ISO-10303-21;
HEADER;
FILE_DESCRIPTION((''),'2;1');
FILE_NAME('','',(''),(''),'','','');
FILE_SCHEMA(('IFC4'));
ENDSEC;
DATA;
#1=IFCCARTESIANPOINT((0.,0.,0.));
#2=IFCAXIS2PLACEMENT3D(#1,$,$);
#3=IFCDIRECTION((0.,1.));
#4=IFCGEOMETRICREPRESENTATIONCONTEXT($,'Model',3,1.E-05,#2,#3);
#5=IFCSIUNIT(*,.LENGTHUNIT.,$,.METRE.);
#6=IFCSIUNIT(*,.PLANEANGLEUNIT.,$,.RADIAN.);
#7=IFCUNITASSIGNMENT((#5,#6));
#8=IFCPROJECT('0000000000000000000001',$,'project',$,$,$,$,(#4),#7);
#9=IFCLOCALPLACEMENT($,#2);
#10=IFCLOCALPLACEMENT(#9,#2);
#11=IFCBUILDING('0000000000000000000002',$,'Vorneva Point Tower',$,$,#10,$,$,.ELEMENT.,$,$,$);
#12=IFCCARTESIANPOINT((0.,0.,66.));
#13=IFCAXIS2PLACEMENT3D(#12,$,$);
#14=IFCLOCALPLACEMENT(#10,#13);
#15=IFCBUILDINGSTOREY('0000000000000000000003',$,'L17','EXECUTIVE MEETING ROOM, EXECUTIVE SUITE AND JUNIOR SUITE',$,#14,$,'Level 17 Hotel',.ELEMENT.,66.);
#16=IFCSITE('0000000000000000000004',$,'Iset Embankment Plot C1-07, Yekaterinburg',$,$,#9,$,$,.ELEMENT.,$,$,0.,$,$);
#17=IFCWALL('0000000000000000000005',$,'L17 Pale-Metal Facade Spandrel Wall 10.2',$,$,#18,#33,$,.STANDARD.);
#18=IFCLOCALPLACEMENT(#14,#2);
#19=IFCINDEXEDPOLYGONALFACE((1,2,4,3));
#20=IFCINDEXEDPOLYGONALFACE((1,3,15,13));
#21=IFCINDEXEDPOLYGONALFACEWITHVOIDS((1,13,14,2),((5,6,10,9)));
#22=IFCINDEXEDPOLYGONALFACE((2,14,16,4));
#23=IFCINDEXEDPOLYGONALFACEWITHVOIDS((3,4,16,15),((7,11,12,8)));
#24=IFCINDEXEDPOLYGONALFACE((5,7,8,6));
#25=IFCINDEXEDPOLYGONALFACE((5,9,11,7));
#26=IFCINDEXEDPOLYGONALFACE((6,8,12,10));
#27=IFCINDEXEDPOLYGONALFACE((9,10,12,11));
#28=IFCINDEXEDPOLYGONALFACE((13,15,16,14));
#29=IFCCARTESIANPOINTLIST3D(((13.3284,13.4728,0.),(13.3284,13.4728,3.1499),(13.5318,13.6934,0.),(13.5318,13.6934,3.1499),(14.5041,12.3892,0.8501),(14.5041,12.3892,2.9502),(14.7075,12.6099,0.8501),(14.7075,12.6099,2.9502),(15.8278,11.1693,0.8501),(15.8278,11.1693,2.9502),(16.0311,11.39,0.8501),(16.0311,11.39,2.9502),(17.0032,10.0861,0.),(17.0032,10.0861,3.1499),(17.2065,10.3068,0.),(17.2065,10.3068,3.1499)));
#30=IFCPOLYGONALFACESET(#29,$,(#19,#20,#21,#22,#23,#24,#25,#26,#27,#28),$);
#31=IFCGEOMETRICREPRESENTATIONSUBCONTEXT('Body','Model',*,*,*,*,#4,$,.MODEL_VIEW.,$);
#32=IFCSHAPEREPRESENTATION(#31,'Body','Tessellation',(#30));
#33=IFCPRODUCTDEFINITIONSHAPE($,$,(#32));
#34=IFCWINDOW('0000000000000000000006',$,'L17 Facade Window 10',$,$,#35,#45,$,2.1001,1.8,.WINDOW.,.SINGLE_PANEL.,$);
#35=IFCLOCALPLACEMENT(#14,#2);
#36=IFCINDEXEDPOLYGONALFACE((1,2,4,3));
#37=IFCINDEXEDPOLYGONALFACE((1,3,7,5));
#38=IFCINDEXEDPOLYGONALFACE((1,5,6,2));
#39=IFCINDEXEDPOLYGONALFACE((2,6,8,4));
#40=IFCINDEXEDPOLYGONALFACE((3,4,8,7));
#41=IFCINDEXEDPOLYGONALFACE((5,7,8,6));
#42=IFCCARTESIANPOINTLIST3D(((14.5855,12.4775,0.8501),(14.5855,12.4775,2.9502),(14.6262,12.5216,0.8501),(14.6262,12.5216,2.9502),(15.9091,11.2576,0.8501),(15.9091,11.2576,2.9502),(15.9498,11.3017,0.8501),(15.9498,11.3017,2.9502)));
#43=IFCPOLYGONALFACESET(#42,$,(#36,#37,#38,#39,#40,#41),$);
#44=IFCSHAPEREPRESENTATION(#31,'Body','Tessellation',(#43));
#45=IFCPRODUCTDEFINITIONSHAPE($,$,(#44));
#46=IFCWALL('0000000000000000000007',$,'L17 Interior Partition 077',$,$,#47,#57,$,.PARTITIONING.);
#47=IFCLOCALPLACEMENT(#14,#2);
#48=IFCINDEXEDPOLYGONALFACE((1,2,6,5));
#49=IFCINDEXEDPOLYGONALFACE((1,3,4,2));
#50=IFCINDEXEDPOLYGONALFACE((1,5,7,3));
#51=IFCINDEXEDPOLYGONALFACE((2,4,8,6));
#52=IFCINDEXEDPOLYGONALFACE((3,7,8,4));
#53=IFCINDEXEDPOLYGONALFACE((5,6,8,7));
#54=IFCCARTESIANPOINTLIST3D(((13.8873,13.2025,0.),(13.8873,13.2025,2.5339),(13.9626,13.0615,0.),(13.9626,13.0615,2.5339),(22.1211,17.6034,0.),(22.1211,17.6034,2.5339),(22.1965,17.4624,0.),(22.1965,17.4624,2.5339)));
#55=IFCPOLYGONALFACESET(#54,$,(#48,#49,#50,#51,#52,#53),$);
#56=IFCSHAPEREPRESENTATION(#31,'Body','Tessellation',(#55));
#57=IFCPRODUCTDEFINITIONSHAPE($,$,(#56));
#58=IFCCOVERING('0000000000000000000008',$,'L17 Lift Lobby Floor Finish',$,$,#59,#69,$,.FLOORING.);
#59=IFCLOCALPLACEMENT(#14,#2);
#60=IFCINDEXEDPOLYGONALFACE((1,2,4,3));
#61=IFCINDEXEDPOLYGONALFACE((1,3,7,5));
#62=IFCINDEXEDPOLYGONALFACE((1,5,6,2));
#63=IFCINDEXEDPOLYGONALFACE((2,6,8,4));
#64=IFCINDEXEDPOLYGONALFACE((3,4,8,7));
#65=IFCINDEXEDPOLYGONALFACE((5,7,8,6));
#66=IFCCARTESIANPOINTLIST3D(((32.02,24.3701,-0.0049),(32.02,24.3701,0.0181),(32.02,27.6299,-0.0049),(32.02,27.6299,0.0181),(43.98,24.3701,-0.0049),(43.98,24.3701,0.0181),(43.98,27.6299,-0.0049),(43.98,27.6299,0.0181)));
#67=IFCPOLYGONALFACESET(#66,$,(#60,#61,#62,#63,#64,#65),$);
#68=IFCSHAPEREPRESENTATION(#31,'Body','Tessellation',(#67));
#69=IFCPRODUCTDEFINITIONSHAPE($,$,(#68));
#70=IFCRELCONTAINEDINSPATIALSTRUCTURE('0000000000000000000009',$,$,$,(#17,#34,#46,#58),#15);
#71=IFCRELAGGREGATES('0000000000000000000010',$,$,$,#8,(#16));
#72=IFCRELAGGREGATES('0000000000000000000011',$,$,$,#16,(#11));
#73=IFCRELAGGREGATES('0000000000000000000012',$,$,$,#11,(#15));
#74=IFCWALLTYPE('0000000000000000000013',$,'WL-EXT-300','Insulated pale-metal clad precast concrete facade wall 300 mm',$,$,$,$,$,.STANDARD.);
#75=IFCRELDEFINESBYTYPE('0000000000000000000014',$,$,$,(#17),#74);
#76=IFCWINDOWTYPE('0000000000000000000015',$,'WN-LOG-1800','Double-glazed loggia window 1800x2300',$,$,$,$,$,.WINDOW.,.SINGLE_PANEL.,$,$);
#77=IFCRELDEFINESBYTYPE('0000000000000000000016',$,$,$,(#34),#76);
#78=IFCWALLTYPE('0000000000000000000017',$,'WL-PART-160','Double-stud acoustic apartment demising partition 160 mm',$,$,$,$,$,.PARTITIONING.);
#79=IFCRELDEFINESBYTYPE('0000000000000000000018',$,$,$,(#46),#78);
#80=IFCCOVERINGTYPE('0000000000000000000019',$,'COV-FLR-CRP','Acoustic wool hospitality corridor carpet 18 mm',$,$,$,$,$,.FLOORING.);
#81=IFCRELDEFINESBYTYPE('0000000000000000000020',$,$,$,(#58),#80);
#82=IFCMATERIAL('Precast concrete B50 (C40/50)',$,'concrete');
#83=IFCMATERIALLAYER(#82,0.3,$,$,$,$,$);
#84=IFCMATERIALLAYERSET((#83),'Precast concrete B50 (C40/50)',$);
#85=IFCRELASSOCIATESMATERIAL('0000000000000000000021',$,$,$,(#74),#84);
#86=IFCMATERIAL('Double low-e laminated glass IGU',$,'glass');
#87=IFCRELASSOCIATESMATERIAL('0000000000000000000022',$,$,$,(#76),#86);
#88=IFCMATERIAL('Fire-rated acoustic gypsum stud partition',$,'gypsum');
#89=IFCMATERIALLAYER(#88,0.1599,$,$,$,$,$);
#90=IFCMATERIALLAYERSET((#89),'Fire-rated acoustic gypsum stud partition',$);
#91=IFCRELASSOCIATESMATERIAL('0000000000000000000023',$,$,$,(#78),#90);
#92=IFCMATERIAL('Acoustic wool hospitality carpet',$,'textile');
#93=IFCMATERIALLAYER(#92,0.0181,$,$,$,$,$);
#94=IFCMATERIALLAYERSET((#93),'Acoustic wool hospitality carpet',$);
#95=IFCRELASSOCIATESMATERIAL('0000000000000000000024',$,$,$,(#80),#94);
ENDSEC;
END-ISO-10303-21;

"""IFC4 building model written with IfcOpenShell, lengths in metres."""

from ifc_helpers import new_model, si_unit, direction, frame, frame_2d, origin, place, context, subcontext, project, spatial, polyline, rectangle, outline, extrude, material, layer, layer_set, type_object, element, fill, save


model = new_model("IFC4")

# Units and contexts
model_context = context("Model", 3, precision=1e-05, world=origin(), true_north=direction((0.0, 1.0)))
body_context = subcontext(model_context, "Body", "Model", "MODEL_VIEW")
ifc_project = project(units=[si_unit("LENGTHUNIT", "METRE"), si_unit("PLANEANGLEUNIT", "RADIAN")], contexts=[model_context])

# Site, building, storey
site_placement = place(None, origin())
site = spatial("IfcSite", under=ifc_project, at=site_placement, Name="Iset Embankment Plot C1-07, Yekaterinburg", CompositionType="ELEMENT", RefElevation=0.0)
building_placement = place(site_placement, origin())
building = spatial("IfcBuilding", under=site, at=building_placement, Name="Vorneva Point Tower", CompositionType="ELEMENT")
storey_placement = place(building_placement, frame((0.0, 0.0, 66.0)))
storey = spatial("IfcBuildingStorey", under=building, at=storey_placement, Name="L17", Description="EXECUTIVE MEETING ROOM, EXECUTIVE SUITE AND JUNIOR SUITE", LongName="Level 17 Hotel", CompositionType="ELEMENT", Elevation=66.0)

# Shared definitions
ifc_material_1 = material(Name="Double low-e laminated glass IGU", Category="glass")

# Shared definitions
ifc_material_2 = material(Name="Precast concrete B50 (C40/50)", Category="concrete")
ifc_layer_1 = layer(ifc_material_2, 0.3)
ifc_layer_set_1 = layer_set([ifc_layer_1], Name="Precast concrete B50 (C40/50)")
wall_type_1 = type_object("IfcWallType", Name="WL-EXT-300", Description="Insulated pale-metal clad precast concrete facade wall 300 mm", PredefinedType="STANDARD", material=ifc_layer_set_1)

# Wall, opening, window
wall_1_placement = place(storey_placement, frame((13.4302, 13.583, 0.0), z_axis=(0.0, 0.0, 1.0), x_axis=(0.735343, -0.677696, 0.0)))
wall_1 = element("IfcWall", 1, at=wall_1_placement, inside=storey, type_object=wall_type_1, Name="L17 Pale-Metal Facade Spandrel Wall 10.2", PredefinedType="STANDARD", context=body_context, shape_type="SweptSolid", body=[
    extrude(rectangle(XDim=4.9973, YDim=0.3, at=frame_2d((2.4985, 0.0))), origin(), (0.0, 0.0, 1.0), 3.1499),
])
opening_placement = place(wall_1_placement, frame((1.5989, 0.0, 0.8501)))
opening = element("IfcOpeningElement", 2, at=opening_placement, cuts=wall_1, PredefinedType="OPENING", context=body_context, shape_type="SweptSolid", body=[
    extrude(rectangle(XDim=1.8, YDim=2.1001, at=frame_2d((0.8999, 1.05))), frame((0.0, 0.165, 0.0), z_axis=(0.0, -1.0, 0.0), x_axis=(1.0, 0.0, 0.0)), (0.0, 0.0, 1.0), 0.3298),
])
window_type = type_object("IfcWindowType", Name="WN-LOG-1800", Description="Double-glazed loggia window 1800x2300", PartitioningType="SINGLE_PANEL", PredefinedType="WINDOW", material=ifc_material_1)
window_placement = place(opening_placement, origin())
window = element("IfcWindow", 3, at=window_placement, inside=storey, type_object=window_type, Name="L17 Facade Window 10", OverallHeight=2.1001, OverallWidth=1.8, PartitioningType="SINGLE_PANEL", PredefinedType="WINDOW", context=body_context, shape_type="SweptSolid", body=[
    extrude(rectangle(XDim=1.8, YDim=2.1001, at=frame_2d((0.8999, 1.05))), frame((0.0, 0.03, 0.0), z_axis=(0.0, -1.0, 0.0), x_axis=(1.0, 0.0, 0.0)), (0.0, 0.0, 1.0), 0.0601),
])
fill(opening, window)

# Wall
ifc_material_3 = material(Name="Fire-rated acoustic gypsum stud partition", Category="gypsum")
ifc_layer_2 = layer(ifc_material_3, 0.1599)
ifc_layer_set_2 = layer_set([ifc_layer_2], Name="Fire-rated acoustic gypsum stud partition")
wall_type_2 = type_object("IfcWallType", Name="WL-PART-160", Description="Double-stud acoustic apartment demising partition 160 mm", PredefinedType="PARTITIONING", material=ifc_layer_set_2)
wall_2_placement = place(storey_placement, frame((13.925, 13.1321, 0.0), z_axis=(0.0, 0.0, 1.0), x_axis=(0.881931, 0.471378, 0.0)))
element("IfcWall", 4, at=wall_2_placement, inside=storey, type_object=wall_type_2, Name="L17 Interior Partition 077", PredefinedType="PARTITIONING", context=body_context, shape_type="SweptSolid", body=[
    extrude(rectangle(XDim=9.3362, YDim=0.1599, at=frame_2d((4.668, 0.0))), origin(), (0.0, 0.0, 1.0), 2.5339),
])

# Covering
ifc_material_4 = material(Name="Acoustic wool hospitality carpet", Category="textile")
ifc_layer_3 = layer(ifc_material_4, 0.0181)
ifc_layer_set_3 = layer_set([ifc_layer_3], Name="Acoustic wool hospitality carpet")
covering_type = type_object("IfcCoveringType", Name="COV-FLR-CRP", Description="Acoustic wool hospitality corridor carpet 18 mm", PredefinedType="FLOORING", material=ifc_layer_set_3)
covering_placement = place(storey_placement, frame((0.0, 0.0, -0.0049)))
element("IfcCovering", 5, at=covering_placement, inside=storey, type_object=covering_type, Name="L17 Lift Lobby Floor Finish", PredefinedType="FLOORING", context=body_context, shape_type="SweptSolid", body=[
    extrude(outline(polyline([(32.02, 24.3701), (43.98, 24.3701), (43.98, 27.6299), (32.02, 27.6299), (32.02, 24.3701)])), origin(), (0.0, 0.0, 1.0), 0.0229),
])

save(model, "model.ifc")
